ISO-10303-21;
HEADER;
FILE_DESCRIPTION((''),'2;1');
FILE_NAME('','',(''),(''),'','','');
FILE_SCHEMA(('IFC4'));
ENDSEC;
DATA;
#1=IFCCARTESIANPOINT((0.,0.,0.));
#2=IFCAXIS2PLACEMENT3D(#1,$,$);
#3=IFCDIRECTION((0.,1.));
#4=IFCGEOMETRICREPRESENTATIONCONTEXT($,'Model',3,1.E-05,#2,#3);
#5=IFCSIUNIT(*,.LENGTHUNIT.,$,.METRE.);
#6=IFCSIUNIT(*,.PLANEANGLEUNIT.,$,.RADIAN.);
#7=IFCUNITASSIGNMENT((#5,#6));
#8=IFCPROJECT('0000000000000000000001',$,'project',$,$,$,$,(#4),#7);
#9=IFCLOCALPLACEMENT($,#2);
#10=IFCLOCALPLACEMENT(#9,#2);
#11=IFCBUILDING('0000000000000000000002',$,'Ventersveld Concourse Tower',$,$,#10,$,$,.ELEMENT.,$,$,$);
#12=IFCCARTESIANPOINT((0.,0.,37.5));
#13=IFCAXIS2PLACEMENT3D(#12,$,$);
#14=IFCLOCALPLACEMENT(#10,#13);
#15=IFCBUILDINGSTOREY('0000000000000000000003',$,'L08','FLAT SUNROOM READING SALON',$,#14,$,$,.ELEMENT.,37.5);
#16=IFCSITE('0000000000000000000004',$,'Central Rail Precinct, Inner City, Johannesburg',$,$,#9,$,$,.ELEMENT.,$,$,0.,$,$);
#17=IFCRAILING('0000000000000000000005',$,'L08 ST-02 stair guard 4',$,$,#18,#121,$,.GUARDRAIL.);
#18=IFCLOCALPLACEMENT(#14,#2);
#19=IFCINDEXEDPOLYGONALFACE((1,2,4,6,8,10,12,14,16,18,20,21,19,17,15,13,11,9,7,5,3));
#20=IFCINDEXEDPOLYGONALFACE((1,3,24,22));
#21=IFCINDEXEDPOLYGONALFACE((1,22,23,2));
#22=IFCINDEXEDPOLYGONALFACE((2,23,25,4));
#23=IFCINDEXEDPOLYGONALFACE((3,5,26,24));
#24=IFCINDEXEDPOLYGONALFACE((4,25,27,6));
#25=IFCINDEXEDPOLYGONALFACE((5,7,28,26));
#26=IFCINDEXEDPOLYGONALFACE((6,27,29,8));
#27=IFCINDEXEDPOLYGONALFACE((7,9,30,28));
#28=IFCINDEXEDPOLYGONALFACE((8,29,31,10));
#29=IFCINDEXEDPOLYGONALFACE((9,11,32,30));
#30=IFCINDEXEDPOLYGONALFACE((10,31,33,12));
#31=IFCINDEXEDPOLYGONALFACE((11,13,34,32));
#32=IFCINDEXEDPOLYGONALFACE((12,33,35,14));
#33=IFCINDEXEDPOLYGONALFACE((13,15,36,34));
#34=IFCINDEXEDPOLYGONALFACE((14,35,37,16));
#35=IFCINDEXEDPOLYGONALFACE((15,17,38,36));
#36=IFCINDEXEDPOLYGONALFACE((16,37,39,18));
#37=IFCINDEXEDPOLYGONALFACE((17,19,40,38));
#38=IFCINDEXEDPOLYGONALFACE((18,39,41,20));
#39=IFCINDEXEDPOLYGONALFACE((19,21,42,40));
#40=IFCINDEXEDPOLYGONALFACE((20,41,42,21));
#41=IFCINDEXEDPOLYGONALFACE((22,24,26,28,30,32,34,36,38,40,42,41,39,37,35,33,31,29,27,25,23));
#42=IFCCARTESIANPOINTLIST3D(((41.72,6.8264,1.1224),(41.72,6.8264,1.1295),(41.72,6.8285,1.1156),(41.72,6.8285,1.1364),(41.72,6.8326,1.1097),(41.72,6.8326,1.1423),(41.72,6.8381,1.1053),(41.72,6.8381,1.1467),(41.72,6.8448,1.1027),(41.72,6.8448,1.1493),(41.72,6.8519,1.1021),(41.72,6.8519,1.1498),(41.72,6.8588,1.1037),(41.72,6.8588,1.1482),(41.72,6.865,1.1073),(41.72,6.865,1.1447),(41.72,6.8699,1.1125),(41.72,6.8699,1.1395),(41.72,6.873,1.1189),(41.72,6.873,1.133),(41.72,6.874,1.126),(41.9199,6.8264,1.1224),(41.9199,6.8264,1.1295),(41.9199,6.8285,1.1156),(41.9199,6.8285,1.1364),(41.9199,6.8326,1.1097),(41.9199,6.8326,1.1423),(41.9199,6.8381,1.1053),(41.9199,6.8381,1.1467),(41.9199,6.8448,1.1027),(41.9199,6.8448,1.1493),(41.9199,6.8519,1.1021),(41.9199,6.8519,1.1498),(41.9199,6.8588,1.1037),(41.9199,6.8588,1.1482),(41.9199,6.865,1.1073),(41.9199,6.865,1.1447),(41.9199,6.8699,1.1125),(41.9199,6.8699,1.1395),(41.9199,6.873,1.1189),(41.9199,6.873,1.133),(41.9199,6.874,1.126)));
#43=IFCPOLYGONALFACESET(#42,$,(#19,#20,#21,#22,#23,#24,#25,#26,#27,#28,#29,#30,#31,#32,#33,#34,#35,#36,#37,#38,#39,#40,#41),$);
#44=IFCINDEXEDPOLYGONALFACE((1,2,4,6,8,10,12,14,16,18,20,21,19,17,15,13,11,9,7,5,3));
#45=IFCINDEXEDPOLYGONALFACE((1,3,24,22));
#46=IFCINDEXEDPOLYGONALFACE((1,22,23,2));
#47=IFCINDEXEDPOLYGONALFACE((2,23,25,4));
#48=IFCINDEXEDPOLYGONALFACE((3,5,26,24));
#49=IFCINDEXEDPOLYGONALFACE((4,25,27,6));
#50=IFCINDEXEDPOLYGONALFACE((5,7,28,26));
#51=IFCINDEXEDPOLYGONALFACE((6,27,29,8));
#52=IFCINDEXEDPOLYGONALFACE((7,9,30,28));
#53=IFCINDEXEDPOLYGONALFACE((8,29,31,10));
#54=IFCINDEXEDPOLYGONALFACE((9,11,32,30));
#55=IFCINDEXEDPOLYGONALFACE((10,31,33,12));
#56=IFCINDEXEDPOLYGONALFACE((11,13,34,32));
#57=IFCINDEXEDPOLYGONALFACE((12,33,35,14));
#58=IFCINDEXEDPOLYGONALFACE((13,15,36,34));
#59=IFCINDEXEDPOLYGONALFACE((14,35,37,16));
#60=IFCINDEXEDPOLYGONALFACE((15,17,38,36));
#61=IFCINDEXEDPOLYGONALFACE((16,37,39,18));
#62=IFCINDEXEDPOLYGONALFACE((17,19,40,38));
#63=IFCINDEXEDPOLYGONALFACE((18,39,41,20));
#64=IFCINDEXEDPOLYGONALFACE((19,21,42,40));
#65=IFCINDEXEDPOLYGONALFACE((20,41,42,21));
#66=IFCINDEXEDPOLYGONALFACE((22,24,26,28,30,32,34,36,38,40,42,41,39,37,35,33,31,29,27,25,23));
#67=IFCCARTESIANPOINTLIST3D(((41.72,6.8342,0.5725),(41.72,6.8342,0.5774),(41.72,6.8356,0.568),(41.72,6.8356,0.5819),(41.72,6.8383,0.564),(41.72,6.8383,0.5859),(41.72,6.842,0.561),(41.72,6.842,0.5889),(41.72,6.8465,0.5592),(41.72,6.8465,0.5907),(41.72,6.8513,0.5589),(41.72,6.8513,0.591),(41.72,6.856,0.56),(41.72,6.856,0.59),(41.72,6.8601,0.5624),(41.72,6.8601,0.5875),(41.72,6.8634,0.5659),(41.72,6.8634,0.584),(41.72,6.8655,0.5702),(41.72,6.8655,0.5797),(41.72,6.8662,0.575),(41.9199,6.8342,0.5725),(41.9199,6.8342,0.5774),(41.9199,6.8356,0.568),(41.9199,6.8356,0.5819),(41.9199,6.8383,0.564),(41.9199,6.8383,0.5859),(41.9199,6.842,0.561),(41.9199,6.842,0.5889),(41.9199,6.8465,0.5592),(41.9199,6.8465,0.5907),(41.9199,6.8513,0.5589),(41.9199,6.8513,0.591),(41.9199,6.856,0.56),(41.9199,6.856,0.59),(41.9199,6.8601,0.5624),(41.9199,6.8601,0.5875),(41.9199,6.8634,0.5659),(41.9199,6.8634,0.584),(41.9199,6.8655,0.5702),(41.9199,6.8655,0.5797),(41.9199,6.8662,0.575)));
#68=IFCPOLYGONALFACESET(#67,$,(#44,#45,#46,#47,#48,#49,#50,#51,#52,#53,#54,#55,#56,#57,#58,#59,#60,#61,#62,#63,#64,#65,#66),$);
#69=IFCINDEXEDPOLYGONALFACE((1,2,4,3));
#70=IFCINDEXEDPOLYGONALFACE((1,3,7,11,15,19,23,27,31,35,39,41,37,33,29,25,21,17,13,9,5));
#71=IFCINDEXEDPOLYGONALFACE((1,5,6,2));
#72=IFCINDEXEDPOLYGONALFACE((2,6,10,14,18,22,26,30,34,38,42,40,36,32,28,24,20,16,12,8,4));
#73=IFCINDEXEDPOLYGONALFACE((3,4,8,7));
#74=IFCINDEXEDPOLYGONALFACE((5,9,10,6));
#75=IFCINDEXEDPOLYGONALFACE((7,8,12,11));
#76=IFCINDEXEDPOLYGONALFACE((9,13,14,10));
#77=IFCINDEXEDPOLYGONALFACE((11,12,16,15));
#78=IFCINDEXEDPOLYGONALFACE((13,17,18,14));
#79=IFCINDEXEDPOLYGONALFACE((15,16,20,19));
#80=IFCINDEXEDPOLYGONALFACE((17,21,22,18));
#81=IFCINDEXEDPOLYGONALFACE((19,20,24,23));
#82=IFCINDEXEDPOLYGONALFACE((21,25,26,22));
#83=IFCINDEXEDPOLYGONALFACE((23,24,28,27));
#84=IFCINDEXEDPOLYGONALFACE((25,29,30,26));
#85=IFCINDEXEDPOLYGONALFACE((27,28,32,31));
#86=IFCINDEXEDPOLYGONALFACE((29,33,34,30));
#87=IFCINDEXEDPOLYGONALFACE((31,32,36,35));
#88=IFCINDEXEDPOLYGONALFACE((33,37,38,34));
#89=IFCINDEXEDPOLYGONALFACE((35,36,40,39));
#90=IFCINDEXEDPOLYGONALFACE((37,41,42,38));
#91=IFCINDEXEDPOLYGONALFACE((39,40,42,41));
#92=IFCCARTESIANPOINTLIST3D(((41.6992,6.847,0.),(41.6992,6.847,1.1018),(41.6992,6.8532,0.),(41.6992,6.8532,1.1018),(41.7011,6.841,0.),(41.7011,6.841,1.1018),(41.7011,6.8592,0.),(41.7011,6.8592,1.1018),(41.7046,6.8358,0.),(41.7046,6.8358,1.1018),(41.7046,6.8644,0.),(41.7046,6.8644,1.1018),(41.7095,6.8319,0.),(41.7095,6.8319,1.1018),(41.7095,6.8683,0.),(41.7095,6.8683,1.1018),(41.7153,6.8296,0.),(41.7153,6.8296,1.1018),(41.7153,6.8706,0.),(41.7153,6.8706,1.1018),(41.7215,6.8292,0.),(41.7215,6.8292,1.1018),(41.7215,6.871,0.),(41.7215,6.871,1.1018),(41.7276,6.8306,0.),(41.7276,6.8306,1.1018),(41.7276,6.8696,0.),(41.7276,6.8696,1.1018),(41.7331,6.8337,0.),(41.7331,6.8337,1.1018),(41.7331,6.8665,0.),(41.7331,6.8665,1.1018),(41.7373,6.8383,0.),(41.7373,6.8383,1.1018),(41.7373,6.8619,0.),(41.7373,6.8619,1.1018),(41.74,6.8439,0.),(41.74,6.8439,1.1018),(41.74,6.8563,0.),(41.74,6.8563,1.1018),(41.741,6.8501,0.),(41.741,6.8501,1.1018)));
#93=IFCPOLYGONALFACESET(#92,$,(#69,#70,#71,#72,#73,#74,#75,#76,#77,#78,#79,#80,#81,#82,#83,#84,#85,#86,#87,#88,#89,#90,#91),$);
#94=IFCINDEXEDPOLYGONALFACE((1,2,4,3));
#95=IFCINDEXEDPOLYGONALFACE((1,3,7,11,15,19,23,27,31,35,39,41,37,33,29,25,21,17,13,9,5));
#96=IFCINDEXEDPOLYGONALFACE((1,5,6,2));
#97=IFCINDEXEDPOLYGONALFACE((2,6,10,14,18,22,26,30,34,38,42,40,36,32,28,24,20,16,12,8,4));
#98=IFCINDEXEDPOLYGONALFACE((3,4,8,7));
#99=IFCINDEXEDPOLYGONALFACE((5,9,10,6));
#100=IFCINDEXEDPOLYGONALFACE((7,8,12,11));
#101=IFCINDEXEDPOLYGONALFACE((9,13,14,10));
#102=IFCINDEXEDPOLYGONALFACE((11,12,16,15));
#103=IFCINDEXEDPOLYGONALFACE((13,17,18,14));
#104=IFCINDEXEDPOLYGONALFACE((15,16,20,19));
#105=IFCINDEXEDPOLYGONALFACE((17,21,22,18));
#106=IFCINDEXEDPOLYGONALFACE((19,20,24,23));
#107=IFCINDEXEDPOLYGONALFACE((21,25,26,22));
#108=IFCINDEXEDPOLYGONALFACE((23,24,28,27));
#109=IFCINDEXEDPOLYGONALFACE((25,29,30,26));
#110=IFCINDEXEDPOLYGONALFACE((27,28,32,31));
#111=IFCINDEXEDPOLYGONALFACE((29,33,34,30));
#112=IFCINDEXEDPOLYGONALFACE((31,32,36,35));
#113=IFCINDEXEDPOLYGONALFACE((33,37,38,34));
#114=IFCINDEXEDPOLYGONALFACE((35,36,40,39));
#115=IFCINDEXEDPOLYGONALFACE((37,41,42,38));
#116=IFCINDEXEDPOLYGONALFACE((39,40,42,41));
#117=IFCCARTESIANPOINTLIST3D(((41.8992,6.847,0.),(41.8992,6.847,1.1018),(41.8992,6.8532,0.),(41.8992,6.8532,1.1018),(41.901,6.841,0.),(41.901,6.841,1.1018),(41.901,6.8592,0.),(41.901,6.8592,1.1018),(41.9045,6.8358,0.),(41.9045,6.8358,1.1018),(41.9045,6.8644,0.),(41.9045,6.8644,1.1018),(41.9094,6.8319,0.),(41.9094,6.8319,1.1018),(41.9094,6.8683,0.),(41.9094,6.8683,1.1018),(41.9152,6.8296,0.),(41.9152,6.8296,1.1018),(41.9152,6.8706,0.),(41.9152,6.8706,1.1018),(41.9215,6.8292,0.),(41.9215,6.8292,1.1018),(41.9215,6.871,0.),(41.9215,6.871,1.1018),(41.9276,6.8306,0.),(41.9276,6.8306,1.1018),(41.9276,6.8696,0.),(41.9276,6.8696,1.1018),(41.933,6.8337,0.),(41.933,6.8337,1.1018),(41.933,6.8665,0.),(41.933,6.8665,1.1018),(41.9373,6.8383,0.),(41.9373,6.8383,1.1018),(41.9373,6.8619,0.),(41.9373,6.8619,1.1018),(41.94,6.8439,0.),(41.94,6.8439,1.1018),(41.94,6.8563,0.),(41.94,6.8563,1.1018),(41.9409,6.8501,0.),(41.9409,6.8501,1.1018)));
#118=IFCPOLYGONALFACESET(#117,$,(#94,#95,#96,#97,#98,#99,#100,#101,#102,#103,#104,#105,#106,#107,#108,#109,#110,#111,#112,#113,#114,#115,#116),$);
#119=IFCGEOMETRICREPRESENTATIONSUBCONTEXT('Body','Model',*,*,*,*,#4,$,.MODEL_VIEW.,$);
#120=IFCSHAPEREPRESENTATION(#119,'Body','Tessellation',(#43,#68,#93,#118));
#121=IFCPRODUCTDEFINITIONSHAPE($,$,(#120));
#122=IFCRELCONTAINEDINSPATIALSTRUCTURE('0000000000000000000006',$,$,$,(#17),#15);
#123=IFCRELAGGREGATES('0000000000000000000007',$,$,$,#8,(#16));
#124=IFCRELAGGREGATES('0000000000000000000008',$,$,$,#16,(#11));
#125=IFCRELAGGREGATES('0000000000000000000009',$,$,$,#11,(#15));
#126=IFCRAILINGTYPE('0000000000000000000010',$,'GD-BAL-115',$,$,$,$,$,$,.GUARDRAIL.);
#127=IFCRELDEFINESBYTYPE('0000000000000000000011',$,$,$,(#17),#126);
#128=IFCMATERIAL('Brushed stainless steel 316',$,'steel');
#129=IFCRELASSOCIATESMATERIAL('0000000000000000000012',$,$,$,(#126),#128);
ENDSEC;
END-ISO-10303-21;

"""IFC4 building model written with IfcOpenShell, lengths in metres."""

from ifc_helpers import new_model, si_unit, direction, frame, origin, origin_2d, place, context, subcontext, project, spatial, circle, extrude, material, type_object, element, save


model = new_model("IFC4")

# Units and contexts
model_context = context("Model", 3, precision=1e-05, world=origin(), true_north=direction((0.0, 1.0)))
body_context = subcontext(model_context, "Body", "Model", "MODEL_VIEW")
ifc_project = project(units=[si_unit("LENGTHUNIT", "METRE"), si_unit("PLANEANGLEUNIT", "RADIAN")], contexts=[model_context])

# Site, building, storey
site_placement = place(None, origin())
site = spatial("IfcSite", under=ifc_project, at=site_placement, Name="Central Rail Precinct, Inner City, Johannesburg", CompositionType="ELEMENT", RefElevation=0.0)
building_placement = place(site_placement, origin())
building = spatial("IfcBuilding", under=site, at=building_placement, Name="Ventersveld Concourse Tower", CompositionType="ELEMENT")
storey_placement = place(building_placement, frame((0.0, 0.0, 37.5)))
storey = spatial("IfcBuildingStorey", under=building, at=storey_placement, Name="L08", Description="FLAT SUNROOM READING SALON", CompositionType="ELEMENT", Elevation=37.5)

# Railing
ifc_material_1 = material(Name="Brushed stainless steel 316", Category="steel")
railing_type_1 = type_object("IfcRailingType", Name="GD-BAL-115", PredefinedType="GUARDRAIL", material=ifc_material_1)
railing_1_placement = place(storey_placement, frame((41.72, 6.8501, 0.0)))
element("IfcRailing", 1, at=railing_1_placement, inside=storey, type_object=railing_type_1, Name="L08 ST-02 stair guard 4", PredefinedType="GUARDRAIL", context=body_context, shape_type="SweptSolid", body=[
    extrude(circle(Radius=0.0239, at=origin_2d()), frame((0.0, 0.0, 1.126), z_axis=(1.0, 0.0, 0.0), x_axis=(0.0, 1.0, 0.0)), (0.0, 0.0, 1.0), 0.2),
    extrude(circle(Radius=0.0161, at=origin_2d()), frame((0.0, 0.0, 0.575), z_axis=(1.0, 0.0, 0.0), x_axis=(0.0, 1.0, 0.0)), (0.0, 0.0, 1.0), 0.2),
    extrude(circle(Radius=0.021, at=origin_2d()), origin(), (0.0, 0.0, 1.0), 1.1018),
    extrude(circle(Radius=0.021, at=origin_2d()), frame((0.2, 0.0, 0.0)), (0.0, 0.0, 1.0), 1.1018),
])

save(model, "model.ifc")
